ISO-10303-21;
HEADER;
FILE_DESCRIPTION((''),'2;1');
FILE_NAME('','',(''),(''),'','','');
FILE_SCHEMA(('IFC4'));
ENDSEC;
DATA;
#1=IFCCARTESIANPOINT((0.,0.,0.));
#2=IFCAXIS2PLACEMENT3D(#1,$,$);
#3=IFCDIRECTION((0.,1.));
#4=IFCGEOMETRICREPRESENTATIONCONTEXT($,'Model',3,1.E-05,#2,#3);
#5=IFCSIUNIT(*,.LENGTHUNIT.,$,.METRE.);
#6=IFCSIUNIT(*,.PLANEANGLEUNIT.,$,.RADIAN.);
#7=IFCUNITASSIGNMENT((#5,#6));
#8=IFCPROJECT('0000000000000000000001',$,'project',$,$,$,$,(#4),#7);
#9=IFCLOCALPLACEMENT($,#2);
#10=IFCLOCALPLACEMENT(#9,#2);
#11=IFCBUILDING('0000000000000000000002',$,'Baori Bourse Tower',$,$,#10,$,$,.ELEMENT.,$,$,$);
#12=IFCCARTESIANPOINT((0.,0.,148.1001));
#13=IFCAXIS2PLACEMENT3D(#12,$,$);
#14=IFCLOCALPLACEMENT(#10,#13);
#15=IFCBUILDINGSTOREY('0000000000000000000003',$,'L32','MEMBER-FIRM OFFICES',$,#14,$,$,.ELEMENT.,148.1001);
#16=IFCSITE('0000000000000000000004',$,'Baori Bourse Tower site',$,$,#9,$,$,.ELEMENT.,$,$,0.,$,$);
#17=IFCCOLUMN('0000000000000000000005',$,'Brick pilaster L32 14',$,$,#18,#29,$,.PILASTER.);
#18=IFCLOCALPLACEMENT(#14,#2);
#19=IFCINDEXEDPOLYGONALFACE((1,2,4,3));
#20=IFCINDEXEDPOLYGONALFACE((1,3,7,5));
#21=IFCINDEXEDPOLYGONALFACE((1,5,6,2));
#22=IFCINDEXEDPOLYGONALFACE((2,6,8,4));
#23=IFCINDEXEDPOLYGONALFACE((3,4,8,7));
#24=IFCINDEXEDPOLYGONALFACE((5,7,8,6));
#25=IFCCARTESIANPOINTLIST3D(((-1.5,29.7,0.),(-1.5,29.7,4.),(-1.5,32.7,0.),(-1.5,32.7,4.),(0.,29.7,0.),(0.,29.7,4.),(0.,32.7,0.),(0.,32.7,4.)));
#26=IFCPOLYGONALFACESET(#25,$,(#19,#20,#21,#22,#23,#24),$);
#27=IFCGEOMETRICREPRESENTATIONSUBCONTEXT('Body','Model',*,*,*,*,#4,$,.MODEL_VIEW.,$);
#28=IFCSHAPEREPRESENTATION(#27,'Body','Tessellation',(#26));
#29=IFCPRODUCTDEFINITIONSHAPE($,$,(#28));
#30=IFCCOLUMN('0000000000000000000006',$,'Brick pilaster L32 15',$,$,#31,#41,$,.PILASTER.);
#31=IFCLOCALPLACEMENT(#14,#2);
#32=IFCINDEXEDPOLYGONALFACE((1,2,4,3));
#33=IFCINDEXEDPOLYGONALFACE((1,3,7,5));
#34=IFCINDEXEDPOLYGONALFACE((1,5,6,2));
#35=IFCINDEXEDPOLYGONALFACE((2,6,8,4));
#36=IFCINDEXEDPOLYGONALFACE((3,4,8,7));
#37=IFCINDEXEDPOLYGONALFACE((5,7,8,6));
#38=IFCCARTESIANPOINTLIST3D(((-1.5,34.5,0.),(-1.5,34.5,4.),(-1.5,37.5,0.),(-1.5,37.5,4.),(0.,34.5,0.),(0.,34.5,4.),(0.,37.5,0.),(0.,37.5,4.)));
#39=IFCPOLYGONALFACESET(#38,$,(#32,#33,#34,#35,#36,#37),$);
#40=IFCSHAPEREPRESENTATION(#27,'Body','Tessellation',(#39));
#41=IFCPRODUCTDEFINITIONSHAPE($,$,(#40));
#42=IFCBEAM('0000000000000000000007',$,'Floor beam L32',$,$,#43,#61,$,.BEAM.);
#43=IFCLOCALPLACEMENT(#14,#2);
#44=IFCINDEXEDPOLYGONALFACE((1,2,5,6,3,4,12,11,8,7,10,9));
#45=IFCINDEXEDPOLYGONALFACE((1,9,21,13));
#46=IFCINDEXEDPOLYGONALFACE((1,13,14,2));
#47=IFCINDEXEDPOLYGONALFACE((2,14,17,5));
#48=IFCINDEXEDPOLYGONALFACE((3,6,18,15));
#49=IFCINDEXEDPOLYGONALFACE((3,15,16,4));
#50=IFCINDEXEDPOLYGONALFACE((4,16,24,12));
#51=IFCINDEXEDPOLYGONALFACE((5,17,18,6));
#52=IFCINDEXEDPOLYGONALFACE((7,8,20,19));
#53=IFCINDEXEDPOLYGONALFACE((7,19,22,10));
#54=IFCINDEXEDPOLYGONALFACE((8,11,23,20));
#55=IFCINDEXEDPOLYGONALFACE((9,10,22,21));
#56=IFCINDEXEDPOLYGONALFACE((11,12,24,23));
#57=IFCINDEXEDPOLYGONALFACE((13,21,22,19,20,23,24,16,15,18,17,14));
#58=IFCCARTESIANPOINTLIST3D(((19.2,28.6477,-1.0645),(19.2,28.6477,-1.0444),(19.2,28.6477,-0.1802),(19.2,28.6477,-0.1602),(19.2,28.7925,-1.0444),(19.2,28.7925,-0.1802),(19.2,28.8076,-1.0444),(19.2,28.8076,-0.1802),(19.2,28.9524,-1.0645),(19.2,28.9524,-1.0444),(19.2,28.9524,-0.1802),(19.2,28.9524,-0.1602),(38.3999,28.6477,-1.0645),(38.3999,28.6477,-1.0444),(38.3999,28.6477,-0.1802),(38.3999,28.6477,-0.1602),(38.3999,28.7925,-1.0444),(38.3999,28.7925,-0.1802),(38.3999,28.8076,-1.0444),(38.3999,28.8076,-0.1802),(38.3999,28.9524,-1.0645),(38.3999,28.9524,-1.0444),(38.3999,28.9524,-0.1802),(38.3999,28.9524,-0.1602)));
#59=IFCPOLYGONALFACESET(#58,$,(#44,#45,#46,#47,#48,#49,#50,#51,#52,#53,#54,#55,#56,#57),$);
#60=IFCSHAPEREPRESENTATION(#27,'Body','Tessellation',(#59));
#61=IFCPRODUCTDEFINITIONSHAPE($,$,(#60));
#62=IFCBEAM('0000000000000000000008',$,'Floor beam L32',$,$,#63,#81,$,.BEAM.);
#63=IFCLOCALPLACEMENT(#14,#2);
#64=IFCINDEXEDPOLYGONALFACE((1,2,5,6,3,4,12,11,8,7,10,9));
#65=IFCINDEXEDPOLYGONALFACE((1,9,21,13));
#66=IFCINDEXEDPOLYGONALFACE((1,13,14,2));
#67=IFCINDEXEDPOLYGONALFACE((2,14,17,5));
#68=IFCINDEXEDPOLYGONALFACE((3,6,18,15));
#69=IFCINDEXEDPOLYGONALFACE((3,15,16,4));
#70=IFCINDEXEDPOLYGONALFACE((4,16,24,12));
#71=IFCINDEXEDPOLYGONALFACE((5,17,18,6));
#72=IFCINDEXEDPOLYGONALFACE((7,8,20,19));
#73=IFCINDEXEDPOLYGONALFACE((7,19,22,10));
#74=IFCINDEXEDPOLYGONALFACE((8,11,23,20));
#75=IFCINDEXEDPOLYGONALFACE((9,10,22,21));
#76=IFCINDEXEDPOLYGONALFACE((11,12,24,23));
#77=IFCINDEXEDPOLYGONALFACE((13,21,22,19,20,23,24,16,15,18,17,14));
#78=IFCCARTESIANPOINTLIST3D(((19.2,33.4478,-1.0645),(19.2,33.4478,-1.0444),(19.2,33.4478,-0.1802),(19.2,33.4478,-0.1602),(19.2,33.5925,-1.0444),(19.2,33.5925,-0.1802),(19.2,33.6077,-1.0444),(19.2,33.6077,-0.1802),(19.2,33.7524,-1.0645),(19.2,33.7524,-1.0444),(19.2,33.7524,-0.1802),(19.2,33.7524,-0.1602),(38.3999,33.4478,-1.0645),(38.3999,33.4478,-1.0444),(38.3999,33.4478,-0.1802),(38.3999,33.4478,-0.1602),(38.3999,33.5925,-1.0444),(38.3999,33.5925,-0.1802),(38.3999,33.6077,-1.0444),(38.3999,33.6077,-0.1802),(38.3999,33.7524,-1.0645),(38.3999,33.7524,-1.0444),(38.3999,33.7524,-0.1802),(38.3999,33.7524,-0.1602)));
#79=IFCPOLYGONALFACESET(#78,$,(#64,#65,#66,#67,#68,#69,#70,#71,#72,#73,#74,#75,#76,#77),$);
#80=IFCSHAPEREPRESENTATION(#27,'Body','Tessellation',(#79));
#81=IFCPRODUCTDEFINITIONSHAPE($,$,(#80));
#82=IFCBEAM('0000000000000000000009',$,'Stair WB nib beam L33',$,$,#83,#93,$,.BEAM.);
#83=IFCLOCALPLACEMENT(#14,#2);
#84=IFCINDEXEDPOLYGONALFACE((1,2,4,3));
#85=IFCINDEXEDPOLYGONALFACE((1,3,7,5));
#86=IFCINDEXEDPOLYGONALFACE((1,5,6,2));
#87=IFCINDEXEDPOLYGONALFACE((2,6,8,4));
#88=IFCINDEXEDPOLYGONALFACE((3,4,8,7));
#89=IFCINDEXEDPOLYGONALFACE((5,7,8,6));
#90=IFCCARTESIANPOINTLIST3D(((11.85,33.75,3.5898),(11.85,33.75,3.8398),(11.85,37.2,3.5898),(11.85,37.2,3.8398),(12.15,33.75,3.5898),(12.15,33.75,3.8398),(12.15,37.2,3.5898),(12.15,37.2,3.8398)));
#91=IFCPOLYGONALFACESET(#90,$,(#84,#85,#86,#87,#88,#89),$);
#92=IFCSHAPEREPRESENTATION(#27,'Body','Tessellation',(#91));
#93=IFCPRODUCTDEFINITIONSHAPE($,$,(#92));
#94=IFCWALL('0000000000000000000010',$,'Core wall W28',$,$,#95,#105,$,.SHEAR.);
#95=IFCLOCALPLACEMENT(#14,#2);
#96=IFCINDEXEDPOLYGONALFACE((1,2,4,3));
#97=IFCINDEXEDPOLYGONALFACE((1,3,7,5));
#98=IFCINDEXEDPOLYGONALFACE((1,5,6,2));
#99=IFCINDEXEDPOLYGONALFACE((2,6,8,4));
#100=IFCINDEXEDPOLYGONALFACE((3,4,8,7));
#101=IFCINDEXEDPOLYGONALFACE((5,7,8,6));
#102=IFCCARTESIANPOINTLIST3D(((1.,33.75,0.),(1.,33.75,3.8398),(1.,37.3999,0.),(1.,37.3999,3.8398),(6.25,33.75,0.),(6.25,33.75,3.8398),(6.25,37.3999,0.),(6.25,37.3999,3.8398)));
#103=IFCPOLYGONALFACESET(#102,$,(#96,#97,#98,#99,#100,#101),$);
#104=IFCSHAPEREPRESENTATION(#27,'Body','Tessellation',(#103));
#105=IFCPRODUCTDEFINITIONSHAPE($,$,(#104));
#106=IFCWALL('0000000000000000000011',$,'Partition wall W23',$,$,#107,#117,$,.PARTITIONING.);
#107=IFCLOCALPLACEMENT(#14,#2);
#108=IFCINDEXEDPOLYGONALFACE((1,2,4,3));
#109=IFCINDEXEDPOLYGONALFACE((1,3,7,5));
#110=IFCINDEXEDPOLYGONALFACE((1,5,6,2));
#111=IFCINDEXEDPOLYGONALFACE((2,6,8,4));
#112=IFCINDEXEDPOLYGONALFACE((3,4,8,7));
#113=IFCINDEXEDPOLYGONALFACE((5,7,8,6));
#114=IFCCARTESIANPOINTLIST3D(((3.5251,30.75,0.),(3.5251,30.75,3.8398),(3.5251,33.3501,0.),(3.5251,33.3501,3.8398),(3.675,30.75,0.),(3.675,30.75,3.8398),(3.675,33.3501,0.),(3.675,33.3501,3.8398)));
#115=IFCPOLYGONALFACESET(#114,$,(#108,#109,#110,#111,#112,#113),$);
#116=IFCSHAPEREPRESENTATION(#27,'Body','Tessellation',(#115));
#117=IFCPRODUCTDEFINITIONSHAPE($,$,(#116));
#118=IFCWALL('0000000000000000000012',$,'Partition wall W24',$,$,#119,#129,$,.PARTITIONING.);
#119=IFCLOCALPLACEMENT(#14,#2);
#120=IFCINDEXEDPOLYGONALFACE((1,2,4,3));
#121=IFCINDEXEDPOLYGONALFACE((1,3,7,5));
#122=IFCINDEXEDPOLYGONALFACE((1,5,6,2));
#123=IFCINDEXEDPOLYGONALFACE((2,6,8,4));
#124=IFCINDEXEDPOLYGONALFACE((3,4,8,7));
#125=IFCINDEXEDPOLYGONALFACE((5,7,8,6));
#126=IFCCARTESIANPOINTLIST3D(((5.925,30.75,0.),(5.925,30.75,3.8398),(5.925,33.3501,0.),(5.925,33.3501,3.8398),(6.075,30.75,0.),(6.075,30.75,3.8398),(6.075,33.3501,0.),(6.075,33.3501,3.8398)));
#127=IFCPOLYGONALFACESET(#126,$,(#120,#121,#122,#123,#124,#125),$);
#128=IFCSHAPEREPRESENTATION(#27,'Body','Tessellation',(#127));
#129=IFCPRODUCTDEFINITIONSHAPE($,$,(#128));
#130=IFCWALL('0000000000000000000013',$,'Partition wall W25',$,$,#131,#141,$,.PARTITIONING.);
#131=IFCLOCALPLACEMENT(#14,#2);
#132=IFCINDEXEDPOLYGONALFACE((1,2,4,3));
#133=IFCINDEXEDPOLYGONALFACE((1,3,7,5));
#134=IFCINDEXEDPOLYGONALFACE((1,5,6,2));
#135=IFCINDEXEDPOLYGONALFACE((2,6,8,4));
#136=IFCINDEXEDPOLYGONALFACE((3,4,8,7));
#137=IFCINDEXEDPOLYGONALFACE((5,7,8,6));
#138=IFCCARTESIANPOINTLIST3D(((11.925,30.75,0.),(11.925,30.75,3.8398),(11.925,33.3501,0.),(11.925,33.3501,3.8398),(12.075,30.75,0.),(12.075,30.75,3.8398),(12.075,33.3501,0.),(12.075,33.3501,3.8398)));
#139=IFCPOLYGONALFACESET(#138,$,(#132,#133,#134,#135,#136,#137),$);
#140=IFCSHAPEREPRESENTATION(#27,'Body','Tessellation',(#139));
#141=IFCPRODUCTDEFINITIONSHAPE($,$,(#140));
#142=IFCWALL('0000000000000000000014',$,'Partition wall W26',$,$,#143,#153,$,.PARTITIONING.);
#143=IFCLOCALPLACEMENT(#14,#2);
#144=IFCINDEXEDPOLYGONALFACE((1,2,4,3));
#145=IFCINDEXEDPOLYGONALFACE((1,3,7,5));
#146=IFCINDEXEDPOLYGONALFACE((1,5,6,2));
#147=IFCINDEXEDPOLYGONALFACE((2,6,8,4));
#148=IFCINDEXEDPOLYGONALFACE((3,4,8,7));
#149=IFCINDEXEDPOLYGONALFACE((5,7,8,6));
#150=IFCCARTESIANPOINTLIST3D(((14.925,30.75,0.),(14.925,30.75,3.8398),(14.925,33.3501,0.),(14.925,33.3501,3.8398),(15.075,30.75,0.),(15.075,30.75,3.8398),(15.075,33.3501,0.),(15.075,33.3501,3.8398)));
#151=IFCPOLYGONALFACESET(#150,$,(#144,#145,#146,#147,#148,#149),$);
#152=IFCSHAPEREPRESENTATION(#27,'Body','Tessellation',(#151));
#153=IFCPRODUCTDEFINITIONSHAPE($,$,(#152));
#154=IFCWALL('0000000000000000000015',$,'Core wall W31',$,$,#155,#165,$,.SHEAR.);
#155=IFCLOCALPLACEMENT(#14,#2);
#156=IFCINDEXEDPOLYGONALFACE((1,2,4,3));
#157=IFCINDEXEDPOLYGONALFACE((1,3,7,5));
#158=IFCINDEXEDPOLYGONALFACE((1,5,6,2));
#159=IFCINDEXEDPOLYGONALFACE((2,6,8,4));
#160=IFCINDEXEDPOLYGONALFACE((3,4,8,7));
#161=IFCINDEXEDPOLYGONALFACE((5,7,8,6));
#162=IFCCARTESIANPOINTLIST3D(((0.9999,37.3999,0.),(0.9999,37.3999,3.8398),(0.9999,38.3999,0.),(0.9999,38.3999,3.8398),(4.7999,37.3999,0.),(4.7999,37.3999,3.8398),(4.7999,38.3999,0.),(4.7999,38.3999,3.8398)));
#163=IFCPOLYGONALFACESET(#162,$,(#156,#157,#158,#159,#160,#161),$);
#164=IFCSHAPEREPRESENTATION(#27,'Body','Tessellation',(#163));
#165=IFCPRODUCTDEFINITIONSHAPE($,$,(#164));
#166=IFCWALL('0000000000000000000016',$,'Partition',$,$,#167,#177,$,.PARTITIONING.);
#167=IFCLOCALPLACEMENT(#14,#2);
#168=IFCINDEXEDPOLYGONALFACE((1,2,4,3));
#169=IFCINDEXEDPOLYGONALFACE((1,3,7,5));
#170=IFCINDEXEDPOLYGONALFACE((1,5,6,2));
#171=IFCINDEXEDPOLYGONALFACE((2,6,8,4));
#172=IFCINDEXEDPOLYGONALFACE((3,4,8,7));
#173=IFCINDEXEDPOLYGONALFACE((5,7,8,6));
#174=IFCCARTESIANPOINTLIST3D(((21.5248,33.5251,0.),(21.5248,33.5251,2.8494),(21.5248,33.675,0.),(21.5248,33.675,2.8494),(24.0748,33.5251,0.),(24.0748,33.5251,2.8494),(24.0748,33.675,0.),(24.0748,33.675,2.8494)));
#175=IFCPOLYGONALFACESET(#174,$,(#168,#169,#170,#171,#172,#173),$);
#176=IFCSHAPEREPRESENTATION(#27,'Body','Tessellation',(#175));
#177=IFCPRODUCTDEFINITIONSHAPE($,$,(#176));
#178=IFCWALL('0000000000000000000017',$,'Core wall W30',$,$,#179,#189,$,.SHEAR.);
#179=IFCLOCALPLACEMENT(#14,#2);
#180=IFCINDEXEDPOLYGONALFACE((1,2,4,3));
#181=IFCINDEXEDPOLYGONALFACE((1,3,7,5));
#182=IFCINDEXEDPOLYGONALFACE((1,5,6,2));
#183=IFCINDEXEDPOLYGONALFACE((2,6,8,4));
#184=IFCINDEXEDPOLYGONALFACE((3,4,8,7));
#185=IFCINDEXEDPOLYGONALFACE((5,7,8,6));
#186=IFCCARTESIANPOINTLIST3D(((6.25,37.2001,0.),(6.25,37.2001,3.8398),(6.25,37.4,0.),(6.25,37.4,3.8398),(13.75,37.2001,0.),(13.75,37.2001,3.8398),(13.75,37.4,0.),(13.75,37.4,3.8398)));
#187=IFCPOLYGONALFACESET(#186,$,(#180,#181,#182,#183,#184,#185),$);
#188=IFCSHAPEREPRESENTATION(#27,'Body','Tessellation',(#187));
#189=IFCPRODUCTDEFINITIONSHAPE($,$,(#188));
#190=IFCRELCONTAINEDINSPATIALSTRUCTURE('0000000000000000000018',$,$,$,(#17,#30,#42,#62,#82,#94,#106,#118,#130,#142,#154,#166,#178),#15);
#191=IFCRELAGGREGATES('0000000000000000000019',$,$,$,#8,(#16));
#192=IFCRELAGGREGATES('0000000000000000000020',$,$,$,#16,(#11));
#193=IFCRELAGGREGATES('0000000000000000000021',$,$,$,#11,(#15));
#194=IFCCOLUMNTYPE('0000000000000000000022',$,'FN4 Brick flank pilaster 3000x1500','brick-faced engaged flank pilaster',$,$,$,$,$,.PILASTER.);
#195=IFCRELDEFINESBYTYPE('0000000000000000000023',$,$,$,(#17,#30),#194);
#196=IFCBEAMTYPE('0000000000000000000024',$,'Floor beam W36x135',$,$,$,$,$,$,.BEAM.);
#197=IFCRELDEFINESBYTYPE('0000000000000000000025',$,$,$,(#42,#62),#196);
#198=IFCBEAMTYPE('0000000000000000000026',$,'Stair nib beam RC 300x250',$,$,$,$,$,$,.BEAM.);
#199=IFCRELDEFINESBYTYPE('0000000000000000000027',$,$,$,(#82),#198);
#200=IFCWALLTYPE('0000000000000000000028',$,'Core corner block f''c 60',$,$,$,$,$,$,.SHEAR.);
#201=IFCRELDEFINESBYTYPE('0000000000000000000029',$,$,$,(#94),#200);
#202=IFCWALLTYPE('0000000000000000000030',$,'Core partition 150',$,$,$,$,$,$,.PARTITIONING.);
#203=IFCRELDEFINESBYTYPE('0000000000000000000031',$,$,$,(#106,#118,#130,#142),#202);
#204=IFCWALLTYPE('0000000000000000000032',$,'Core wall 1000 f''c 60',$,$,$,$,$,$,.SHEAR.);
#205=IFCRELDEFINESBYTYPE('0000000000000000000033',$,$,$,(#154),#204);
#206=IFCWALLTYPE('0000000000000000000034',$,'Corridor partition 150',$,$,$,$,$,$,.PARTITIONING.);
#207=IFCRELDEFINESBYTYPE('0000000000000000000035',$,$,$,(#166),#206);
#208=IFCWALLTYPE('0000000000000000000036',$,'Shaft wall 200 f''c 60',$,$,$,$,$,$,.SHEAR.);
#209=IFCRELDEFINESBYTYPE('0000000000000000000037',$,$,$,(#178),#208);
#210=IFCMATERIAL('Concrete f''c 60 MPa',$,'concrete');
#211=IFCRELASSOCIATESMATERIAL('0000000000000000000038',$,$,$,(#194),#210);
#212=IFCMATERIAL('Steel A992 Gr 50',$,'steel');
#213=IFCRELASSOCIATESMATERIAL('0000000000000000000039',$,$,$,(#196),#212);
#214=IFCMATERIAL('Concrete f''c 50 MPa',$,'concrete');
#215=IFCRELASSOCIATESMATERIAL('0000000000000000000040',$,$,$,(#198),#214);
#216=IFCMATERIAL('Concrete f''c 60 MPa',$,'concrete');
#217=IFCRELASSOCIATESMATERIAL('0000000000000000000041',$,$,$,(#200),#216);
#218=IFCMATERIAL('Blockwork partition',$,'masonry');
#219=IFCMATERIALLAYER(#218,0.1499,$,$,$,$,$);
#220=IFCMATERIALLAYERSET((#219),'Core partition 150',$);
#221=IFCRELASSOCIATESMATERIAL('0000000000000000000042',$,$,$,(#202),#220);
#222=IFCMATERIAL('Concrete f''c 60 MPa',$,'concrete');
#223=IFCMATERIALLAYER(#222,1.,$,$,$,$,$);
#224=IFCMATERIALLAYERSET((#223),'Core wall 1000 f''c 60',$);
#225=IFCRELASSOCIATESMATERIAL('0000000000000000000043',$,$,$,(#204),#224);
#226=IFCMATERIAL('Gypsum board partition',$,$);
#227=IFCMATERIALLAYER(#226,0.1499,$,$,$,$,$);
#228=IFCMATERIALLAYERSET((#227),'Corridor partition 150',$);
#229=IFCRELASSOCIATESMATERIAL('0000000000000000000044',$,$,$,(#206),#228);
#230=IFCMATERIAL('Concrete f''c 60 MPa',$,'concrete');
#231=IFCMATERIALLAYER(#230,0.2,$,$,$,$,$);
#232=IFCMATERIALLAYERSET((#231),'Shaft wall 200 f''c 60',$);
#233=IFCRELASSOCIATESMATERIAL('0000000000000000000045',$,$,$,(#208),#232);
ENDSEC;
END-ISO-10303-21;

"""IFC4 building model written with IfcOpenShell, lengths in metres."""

from ifc_helpers import new_model, si_unit, direction, frame, frame_2d, origin, origin_2d, place, context, subcontext, project, spatial, rectangle, i_section, extrude, material, layer, layer_set, material_profile, profile_set, type_object, element, save


model = new_model("IFC4")

# Units and contexts
model_context = context("Model", 3, precision=1e-05, world=origin(), true_north=direction((0.0, 1.0)))
body_context = subcontext(model_context, "Body", "Model", "MODEL_VIEW")
ifc_project = project(units=[si_unit("LENGTHUNIT", "METRE"), si_unit("PLANEANGLEUNIT", "RADIAN")], contexts=[model_context])

# Site, building, storey
site_placement = place(None, origin())
site = spatial("IfcSite", under=ifc_project, at=site_placement, Name="Baori Bourse Tower site", CompositionType="ELEMENT", RefElevation=0.0)
building_placement = place(site_placement, origin())
building = spatial("IfcBuilding", under=site, at=building_placement, Name="Baori Bourse Tower", CompositionType="ELEMENT")
storey_placement = place(building_placement, frame((0.0, 0.0, 148.1001)))
storey = spatial("IfcBuildingStorey", under=building, at=storey_placement, Name="L32", Description="MEMBER-FIRM OFFICES", CompositionType="ELEMENT", Elevation=148.1001)

# Columns
ifc_material_1 = material(Name="Concrete f'c 60 MPa", Category="concrete")
ifc_material_profile_1 = material_profile(ifc_material_1, rectangle(XDim=3.0, YDim=1.5, at=origin_2d()), Name="RC 3000x1500")
ifc_profile_set_1 = profile_set([ifc_material_profile_1], Name="Concrete f'c 60 MPa")
column_type = type_object("IfcColumnType", Name="FN4 Brick flank pilaster 3000x1500", Description="brick-faced engaged flank pilaster", PredefinedType="PILASTER", material=ifc_profile_set_1)
for number, where, z_axis, x_axis, name in (
    (1, (-0.75, 31.2, 0.0), (0.0, 0.0, 1.0), (0.0, 1.0, 0.0), "Brick pilaster L32 14"),
    (2, (-0.75, 36.0, 0.0), (0.0, 0.0, 1.0), (0.0, 1.0, 0.0), "Brick pilaster L32 15"),
):
    element("IfcColumn", number, at=place(storey_placement, frame(where, z_axis=z_axis, x_axis=x_axis)), inside=storey, type_object=column_type, Name=name, PredefinedType="PILASTER", context=body_context, shape_type="SweptSolid", body=[
        extrude(rectangle(XDim=3.0, YDim=1.5, at=origin_2d()), origin(), (0.0, 0.0, 1.0), 4.0),
    ])

# Beams
ifc_material_2 = material(Name="Steel A992 Gr 50", Category="steel")
ifc_material_profile_2 = material_profile(ifc_material_2, i_section(OverallWidth=0.3047, OverallDepth=0.9043, WebThickness=0.0151, FlangeThickness=0.02, at=origin_2d()), Name="W36x135")
ifc_profile_set_2 = profile_set([ifc_material_profile_2], Name="Steel A992 Gr 50")
beam_type_1 = type_object("IfcBeamType", Name="Floor beam W36x135", PredefinedType="BEAM", material=ifc_profile_set_2)
for number, where, z_axis, x_axis, name in (
    (3, (19.2, 28.8, -0.6123), (1.0, 0.0, 0.0), (0.0, 1.0, 0.0), "Floor beam L32"),
    (4, (19.2, 33.6001, -0.6123), (1.0, 0.0, 0.0), (0.0, 1.0, 0.0), "Floor beam L32"),
):
    element("IfcBeam", number, at=place(storey_placement, frame(where, z_axis=z_axis, x_axis=x_axis)), inside=storey, type_object=beam_type_1, Name=name, PredefinedType="BEAM", context=body_context, shape_type="SweptSolid", body=[
        extrude(i_section(OverallWidth=0.3047, OverallDepth=0.9043, WebThickness=0.0151, FlangeThickness=0.02, at=origin_2d()), origin(), (0.0, 0.0, 1.0), 19.2),
    ])
ifc_material_3 = material(Name="Concrete f'c 50 MPa", Category="concrete")
ifc_material_profile_3 = material_profile(ifc_material_3, rectangle(XDim=0.3, YDim=0.25, at=origin_2d()), Name="RC 300x250")
ifc_profile_set_3 = profile_set([ifc_material_profile_3], Name="Concrete f'c 50 MPa")
beam_type_2 = type_object("IfcBeamType", Name="Stair nib beam RC 300x250", PredefinedType="BEAM", material=ifc_profile_set_3)
beam_placement = place(storey_placement, frame((12.0, 33.75, 3.7148), z_axis=(0.0, 1.0, 0.0), x_axis=(-1.0, 0.0, 0.0)))
element("IfcBeam", 5, at=beam_placement, inside=storey, type_object=beam_type_2, Name="Stair WB nib beam L33", PredefinedType="BEAM", context=body_context, shape_type="SweptSolid", body=[
    extrude(rectangle(XDim=0.3, YDim=0.25, at=origin_2d()), origin(), (0.0, 0.0, 1.0), 3.45),
])

# Walls
ifc_material_4 = material(Name="Concrete f'c 60 MPa", Category="concrete")
wall_type_1 = type_object("IfcWallType", Name="Core corner block f'c 60", PredefinedType="SHEAR", material=ifc_material_4)
wall_1_placement = place(storey_placement, frame((1.0, 35.575, 0.0), z_axis=(0.0, 0.0, 1.0), x_axis=(1.0, 0.0, 0.0)))
element("IfcWall", 6, at=wall_1_placement, inside=storey, type_object=wall_type_1, Name="Core wall W28", PredefinedType="SHEAR", context=body_context, shape_type="SweptSolid", body=[
    extrude(rectangle(XDim=5.25, YDim=3.6499, at=frame_2d((2.625, 0.0))), origin(), (0.0, 0.0, 1.0), 3.8398),
])
ifc_material_5 = material(Name="Blockwork partition", Category="masonry")
ifc_layer_1 = layer(ifc_material_5, 0.1499)
ifc_layer_set_1 = layer_set([ifc_layer_1], Name="Core partition 150")
wall_type_2 = type_object("IfcWallType", Name="Core partition 150", PredefinedType="PARTITIONING", material=ifc_layer_set_1)
for number, where, z_axis, x_axis, name in (
    (7, (3.6001, 30.75, 0.0), (0.0, 0.0, 1.0), (0.0, 1.0, 0.0), "Partition wall W23"),
    (8, (6.0, 30.75, 0.0), (0.0, 0.0, 1.0), (0.0, 1.0, 0.0), "Partition wall W24"),
    (9, (12.0, 30.75, 0.0), (0.0, 0.0, 1.0), (0.0, 1.0, 0.0), "Partition wall W25"),
    (10, (15.0, 30.75, 0.0), (0.0, 0.0, 1.0), (0.0, 1.0, 0.0), "Partition wall W26"),
):
    element("IfcWall", number, at=place(storey_placement, frame(where, z_axis=z_axis, x_axis=x_axis)), inside=storey, type_object=wall_type_2, Name=name, PredefinedType="PARTITIONING", context=body_context, shape_type="SweptSolid", body=[
        extrude(rectangle(XDim=2.6001, YDim=0.1499, at=frame_2d((1.3, 0.0))), origin(), (0.0, 0.0, 1.0), 3.8398),
    ])
ifc_material_6 = material(Name="Concrete f'c 60 MPa", Category="concrete")
ifc_layer_2 = layer(ifc_material_6, 1.0)
ifc_layer_set_2 = layer_set([ifc_layer_2], Name="Core wall 1000 f'c 60")
wall_type_3 = type_object("IfcWallType", Name="Core wall 1000 f'c 60", PredefinedType="SHEAR", material=ifc_layer_set_2)
wall_2_placement = place(storey_placement, frame((1.0, 37.8999, 0.0), z_axis=(0.0, 0.0, 1.0), x_axis=(1.0, 0.0, 0.0)))
element("IfcWall", 11, at=wall_2_placement, inside=storey, type_object=wall_type_3, Name="Core wall W31", PredefinedType="SHEAR", context=body_context, shape_type="SweptSolid", body=[
    extrude(rectangle(XDim=3.8, YDim=1.0, at=frame_2d((1.8999, 0.0))), origin(), (0.0, 0.0, 1.0), 3.8398),
])
ifc_material_7 = material(Name="Gypsum board partition")
ifc_layer_3 = layer(ifc_material_7, 0.1499)
ifc_layer_set_3 = layer_set([ifc_layer_3], Name="Corridor partition 150")
wall_type_4 = type_object("IfcWallType", Name="Corridor partition 150", PredefinedType="PARTITIONING", material=ifc_layer_set_3)
wall_3_placement = place(storey_placement, frame((21.5249, 33.6001, 0.0), z_axis=(0.0, 0.0, 1.0), x_axis=(1.0, 0.0, 0.0)))
element("IfcWall", 12, at=wall_3_placement, inside=storey, type_object=wall_type_4, Name="Partition", PredefinedType="PARTITIONING", context=body_context, shape_type="SweptSolid", body=[
    extrude(rectangle(XDim=2.55, YDim=0.1499, at=frame_2d((1.2749, 0.0))), origin(), (0.0, 0.0, 1.0), 2.8494),
])
ifc_material_8 = material(Name="Concrete f'c 60 MPa", Category="concrete")
ifc_layer_4 = layer(ifc_material_8, 0.2)
ifc_layer_set_4 = layer_set([ifc_layer_4], Name="Shaft wall 200 f'c 60")
wall_type_5 = type_object("IfcWallType", Name="Shaft wall 200 f'c 60", PredefinedType="SHEAR", material=ifc_layer_set_4)
wall_4_placement = place(storey_placement, frame((6.25, 37.3, 0.0), z_axis=(0.0, 0.0, 1.0), x_axis=(1.0, 0.0, 0.0)))
element("IfcWall", 13, at=wall_4_placement, inside=storey, type_object=wall_type_5, Name="Core wall W30", PredefinedType="SHEAR", context=body_context, shape_type="SweptSolid", body=[
    extrude(rectangle(XDim=7.5, YDim=0.2, at=frame_2d((3.75, 0.0))), origin(), (0.0, 0.0, 1.0), 3.8398),
])

save(model, "model.ifc")
